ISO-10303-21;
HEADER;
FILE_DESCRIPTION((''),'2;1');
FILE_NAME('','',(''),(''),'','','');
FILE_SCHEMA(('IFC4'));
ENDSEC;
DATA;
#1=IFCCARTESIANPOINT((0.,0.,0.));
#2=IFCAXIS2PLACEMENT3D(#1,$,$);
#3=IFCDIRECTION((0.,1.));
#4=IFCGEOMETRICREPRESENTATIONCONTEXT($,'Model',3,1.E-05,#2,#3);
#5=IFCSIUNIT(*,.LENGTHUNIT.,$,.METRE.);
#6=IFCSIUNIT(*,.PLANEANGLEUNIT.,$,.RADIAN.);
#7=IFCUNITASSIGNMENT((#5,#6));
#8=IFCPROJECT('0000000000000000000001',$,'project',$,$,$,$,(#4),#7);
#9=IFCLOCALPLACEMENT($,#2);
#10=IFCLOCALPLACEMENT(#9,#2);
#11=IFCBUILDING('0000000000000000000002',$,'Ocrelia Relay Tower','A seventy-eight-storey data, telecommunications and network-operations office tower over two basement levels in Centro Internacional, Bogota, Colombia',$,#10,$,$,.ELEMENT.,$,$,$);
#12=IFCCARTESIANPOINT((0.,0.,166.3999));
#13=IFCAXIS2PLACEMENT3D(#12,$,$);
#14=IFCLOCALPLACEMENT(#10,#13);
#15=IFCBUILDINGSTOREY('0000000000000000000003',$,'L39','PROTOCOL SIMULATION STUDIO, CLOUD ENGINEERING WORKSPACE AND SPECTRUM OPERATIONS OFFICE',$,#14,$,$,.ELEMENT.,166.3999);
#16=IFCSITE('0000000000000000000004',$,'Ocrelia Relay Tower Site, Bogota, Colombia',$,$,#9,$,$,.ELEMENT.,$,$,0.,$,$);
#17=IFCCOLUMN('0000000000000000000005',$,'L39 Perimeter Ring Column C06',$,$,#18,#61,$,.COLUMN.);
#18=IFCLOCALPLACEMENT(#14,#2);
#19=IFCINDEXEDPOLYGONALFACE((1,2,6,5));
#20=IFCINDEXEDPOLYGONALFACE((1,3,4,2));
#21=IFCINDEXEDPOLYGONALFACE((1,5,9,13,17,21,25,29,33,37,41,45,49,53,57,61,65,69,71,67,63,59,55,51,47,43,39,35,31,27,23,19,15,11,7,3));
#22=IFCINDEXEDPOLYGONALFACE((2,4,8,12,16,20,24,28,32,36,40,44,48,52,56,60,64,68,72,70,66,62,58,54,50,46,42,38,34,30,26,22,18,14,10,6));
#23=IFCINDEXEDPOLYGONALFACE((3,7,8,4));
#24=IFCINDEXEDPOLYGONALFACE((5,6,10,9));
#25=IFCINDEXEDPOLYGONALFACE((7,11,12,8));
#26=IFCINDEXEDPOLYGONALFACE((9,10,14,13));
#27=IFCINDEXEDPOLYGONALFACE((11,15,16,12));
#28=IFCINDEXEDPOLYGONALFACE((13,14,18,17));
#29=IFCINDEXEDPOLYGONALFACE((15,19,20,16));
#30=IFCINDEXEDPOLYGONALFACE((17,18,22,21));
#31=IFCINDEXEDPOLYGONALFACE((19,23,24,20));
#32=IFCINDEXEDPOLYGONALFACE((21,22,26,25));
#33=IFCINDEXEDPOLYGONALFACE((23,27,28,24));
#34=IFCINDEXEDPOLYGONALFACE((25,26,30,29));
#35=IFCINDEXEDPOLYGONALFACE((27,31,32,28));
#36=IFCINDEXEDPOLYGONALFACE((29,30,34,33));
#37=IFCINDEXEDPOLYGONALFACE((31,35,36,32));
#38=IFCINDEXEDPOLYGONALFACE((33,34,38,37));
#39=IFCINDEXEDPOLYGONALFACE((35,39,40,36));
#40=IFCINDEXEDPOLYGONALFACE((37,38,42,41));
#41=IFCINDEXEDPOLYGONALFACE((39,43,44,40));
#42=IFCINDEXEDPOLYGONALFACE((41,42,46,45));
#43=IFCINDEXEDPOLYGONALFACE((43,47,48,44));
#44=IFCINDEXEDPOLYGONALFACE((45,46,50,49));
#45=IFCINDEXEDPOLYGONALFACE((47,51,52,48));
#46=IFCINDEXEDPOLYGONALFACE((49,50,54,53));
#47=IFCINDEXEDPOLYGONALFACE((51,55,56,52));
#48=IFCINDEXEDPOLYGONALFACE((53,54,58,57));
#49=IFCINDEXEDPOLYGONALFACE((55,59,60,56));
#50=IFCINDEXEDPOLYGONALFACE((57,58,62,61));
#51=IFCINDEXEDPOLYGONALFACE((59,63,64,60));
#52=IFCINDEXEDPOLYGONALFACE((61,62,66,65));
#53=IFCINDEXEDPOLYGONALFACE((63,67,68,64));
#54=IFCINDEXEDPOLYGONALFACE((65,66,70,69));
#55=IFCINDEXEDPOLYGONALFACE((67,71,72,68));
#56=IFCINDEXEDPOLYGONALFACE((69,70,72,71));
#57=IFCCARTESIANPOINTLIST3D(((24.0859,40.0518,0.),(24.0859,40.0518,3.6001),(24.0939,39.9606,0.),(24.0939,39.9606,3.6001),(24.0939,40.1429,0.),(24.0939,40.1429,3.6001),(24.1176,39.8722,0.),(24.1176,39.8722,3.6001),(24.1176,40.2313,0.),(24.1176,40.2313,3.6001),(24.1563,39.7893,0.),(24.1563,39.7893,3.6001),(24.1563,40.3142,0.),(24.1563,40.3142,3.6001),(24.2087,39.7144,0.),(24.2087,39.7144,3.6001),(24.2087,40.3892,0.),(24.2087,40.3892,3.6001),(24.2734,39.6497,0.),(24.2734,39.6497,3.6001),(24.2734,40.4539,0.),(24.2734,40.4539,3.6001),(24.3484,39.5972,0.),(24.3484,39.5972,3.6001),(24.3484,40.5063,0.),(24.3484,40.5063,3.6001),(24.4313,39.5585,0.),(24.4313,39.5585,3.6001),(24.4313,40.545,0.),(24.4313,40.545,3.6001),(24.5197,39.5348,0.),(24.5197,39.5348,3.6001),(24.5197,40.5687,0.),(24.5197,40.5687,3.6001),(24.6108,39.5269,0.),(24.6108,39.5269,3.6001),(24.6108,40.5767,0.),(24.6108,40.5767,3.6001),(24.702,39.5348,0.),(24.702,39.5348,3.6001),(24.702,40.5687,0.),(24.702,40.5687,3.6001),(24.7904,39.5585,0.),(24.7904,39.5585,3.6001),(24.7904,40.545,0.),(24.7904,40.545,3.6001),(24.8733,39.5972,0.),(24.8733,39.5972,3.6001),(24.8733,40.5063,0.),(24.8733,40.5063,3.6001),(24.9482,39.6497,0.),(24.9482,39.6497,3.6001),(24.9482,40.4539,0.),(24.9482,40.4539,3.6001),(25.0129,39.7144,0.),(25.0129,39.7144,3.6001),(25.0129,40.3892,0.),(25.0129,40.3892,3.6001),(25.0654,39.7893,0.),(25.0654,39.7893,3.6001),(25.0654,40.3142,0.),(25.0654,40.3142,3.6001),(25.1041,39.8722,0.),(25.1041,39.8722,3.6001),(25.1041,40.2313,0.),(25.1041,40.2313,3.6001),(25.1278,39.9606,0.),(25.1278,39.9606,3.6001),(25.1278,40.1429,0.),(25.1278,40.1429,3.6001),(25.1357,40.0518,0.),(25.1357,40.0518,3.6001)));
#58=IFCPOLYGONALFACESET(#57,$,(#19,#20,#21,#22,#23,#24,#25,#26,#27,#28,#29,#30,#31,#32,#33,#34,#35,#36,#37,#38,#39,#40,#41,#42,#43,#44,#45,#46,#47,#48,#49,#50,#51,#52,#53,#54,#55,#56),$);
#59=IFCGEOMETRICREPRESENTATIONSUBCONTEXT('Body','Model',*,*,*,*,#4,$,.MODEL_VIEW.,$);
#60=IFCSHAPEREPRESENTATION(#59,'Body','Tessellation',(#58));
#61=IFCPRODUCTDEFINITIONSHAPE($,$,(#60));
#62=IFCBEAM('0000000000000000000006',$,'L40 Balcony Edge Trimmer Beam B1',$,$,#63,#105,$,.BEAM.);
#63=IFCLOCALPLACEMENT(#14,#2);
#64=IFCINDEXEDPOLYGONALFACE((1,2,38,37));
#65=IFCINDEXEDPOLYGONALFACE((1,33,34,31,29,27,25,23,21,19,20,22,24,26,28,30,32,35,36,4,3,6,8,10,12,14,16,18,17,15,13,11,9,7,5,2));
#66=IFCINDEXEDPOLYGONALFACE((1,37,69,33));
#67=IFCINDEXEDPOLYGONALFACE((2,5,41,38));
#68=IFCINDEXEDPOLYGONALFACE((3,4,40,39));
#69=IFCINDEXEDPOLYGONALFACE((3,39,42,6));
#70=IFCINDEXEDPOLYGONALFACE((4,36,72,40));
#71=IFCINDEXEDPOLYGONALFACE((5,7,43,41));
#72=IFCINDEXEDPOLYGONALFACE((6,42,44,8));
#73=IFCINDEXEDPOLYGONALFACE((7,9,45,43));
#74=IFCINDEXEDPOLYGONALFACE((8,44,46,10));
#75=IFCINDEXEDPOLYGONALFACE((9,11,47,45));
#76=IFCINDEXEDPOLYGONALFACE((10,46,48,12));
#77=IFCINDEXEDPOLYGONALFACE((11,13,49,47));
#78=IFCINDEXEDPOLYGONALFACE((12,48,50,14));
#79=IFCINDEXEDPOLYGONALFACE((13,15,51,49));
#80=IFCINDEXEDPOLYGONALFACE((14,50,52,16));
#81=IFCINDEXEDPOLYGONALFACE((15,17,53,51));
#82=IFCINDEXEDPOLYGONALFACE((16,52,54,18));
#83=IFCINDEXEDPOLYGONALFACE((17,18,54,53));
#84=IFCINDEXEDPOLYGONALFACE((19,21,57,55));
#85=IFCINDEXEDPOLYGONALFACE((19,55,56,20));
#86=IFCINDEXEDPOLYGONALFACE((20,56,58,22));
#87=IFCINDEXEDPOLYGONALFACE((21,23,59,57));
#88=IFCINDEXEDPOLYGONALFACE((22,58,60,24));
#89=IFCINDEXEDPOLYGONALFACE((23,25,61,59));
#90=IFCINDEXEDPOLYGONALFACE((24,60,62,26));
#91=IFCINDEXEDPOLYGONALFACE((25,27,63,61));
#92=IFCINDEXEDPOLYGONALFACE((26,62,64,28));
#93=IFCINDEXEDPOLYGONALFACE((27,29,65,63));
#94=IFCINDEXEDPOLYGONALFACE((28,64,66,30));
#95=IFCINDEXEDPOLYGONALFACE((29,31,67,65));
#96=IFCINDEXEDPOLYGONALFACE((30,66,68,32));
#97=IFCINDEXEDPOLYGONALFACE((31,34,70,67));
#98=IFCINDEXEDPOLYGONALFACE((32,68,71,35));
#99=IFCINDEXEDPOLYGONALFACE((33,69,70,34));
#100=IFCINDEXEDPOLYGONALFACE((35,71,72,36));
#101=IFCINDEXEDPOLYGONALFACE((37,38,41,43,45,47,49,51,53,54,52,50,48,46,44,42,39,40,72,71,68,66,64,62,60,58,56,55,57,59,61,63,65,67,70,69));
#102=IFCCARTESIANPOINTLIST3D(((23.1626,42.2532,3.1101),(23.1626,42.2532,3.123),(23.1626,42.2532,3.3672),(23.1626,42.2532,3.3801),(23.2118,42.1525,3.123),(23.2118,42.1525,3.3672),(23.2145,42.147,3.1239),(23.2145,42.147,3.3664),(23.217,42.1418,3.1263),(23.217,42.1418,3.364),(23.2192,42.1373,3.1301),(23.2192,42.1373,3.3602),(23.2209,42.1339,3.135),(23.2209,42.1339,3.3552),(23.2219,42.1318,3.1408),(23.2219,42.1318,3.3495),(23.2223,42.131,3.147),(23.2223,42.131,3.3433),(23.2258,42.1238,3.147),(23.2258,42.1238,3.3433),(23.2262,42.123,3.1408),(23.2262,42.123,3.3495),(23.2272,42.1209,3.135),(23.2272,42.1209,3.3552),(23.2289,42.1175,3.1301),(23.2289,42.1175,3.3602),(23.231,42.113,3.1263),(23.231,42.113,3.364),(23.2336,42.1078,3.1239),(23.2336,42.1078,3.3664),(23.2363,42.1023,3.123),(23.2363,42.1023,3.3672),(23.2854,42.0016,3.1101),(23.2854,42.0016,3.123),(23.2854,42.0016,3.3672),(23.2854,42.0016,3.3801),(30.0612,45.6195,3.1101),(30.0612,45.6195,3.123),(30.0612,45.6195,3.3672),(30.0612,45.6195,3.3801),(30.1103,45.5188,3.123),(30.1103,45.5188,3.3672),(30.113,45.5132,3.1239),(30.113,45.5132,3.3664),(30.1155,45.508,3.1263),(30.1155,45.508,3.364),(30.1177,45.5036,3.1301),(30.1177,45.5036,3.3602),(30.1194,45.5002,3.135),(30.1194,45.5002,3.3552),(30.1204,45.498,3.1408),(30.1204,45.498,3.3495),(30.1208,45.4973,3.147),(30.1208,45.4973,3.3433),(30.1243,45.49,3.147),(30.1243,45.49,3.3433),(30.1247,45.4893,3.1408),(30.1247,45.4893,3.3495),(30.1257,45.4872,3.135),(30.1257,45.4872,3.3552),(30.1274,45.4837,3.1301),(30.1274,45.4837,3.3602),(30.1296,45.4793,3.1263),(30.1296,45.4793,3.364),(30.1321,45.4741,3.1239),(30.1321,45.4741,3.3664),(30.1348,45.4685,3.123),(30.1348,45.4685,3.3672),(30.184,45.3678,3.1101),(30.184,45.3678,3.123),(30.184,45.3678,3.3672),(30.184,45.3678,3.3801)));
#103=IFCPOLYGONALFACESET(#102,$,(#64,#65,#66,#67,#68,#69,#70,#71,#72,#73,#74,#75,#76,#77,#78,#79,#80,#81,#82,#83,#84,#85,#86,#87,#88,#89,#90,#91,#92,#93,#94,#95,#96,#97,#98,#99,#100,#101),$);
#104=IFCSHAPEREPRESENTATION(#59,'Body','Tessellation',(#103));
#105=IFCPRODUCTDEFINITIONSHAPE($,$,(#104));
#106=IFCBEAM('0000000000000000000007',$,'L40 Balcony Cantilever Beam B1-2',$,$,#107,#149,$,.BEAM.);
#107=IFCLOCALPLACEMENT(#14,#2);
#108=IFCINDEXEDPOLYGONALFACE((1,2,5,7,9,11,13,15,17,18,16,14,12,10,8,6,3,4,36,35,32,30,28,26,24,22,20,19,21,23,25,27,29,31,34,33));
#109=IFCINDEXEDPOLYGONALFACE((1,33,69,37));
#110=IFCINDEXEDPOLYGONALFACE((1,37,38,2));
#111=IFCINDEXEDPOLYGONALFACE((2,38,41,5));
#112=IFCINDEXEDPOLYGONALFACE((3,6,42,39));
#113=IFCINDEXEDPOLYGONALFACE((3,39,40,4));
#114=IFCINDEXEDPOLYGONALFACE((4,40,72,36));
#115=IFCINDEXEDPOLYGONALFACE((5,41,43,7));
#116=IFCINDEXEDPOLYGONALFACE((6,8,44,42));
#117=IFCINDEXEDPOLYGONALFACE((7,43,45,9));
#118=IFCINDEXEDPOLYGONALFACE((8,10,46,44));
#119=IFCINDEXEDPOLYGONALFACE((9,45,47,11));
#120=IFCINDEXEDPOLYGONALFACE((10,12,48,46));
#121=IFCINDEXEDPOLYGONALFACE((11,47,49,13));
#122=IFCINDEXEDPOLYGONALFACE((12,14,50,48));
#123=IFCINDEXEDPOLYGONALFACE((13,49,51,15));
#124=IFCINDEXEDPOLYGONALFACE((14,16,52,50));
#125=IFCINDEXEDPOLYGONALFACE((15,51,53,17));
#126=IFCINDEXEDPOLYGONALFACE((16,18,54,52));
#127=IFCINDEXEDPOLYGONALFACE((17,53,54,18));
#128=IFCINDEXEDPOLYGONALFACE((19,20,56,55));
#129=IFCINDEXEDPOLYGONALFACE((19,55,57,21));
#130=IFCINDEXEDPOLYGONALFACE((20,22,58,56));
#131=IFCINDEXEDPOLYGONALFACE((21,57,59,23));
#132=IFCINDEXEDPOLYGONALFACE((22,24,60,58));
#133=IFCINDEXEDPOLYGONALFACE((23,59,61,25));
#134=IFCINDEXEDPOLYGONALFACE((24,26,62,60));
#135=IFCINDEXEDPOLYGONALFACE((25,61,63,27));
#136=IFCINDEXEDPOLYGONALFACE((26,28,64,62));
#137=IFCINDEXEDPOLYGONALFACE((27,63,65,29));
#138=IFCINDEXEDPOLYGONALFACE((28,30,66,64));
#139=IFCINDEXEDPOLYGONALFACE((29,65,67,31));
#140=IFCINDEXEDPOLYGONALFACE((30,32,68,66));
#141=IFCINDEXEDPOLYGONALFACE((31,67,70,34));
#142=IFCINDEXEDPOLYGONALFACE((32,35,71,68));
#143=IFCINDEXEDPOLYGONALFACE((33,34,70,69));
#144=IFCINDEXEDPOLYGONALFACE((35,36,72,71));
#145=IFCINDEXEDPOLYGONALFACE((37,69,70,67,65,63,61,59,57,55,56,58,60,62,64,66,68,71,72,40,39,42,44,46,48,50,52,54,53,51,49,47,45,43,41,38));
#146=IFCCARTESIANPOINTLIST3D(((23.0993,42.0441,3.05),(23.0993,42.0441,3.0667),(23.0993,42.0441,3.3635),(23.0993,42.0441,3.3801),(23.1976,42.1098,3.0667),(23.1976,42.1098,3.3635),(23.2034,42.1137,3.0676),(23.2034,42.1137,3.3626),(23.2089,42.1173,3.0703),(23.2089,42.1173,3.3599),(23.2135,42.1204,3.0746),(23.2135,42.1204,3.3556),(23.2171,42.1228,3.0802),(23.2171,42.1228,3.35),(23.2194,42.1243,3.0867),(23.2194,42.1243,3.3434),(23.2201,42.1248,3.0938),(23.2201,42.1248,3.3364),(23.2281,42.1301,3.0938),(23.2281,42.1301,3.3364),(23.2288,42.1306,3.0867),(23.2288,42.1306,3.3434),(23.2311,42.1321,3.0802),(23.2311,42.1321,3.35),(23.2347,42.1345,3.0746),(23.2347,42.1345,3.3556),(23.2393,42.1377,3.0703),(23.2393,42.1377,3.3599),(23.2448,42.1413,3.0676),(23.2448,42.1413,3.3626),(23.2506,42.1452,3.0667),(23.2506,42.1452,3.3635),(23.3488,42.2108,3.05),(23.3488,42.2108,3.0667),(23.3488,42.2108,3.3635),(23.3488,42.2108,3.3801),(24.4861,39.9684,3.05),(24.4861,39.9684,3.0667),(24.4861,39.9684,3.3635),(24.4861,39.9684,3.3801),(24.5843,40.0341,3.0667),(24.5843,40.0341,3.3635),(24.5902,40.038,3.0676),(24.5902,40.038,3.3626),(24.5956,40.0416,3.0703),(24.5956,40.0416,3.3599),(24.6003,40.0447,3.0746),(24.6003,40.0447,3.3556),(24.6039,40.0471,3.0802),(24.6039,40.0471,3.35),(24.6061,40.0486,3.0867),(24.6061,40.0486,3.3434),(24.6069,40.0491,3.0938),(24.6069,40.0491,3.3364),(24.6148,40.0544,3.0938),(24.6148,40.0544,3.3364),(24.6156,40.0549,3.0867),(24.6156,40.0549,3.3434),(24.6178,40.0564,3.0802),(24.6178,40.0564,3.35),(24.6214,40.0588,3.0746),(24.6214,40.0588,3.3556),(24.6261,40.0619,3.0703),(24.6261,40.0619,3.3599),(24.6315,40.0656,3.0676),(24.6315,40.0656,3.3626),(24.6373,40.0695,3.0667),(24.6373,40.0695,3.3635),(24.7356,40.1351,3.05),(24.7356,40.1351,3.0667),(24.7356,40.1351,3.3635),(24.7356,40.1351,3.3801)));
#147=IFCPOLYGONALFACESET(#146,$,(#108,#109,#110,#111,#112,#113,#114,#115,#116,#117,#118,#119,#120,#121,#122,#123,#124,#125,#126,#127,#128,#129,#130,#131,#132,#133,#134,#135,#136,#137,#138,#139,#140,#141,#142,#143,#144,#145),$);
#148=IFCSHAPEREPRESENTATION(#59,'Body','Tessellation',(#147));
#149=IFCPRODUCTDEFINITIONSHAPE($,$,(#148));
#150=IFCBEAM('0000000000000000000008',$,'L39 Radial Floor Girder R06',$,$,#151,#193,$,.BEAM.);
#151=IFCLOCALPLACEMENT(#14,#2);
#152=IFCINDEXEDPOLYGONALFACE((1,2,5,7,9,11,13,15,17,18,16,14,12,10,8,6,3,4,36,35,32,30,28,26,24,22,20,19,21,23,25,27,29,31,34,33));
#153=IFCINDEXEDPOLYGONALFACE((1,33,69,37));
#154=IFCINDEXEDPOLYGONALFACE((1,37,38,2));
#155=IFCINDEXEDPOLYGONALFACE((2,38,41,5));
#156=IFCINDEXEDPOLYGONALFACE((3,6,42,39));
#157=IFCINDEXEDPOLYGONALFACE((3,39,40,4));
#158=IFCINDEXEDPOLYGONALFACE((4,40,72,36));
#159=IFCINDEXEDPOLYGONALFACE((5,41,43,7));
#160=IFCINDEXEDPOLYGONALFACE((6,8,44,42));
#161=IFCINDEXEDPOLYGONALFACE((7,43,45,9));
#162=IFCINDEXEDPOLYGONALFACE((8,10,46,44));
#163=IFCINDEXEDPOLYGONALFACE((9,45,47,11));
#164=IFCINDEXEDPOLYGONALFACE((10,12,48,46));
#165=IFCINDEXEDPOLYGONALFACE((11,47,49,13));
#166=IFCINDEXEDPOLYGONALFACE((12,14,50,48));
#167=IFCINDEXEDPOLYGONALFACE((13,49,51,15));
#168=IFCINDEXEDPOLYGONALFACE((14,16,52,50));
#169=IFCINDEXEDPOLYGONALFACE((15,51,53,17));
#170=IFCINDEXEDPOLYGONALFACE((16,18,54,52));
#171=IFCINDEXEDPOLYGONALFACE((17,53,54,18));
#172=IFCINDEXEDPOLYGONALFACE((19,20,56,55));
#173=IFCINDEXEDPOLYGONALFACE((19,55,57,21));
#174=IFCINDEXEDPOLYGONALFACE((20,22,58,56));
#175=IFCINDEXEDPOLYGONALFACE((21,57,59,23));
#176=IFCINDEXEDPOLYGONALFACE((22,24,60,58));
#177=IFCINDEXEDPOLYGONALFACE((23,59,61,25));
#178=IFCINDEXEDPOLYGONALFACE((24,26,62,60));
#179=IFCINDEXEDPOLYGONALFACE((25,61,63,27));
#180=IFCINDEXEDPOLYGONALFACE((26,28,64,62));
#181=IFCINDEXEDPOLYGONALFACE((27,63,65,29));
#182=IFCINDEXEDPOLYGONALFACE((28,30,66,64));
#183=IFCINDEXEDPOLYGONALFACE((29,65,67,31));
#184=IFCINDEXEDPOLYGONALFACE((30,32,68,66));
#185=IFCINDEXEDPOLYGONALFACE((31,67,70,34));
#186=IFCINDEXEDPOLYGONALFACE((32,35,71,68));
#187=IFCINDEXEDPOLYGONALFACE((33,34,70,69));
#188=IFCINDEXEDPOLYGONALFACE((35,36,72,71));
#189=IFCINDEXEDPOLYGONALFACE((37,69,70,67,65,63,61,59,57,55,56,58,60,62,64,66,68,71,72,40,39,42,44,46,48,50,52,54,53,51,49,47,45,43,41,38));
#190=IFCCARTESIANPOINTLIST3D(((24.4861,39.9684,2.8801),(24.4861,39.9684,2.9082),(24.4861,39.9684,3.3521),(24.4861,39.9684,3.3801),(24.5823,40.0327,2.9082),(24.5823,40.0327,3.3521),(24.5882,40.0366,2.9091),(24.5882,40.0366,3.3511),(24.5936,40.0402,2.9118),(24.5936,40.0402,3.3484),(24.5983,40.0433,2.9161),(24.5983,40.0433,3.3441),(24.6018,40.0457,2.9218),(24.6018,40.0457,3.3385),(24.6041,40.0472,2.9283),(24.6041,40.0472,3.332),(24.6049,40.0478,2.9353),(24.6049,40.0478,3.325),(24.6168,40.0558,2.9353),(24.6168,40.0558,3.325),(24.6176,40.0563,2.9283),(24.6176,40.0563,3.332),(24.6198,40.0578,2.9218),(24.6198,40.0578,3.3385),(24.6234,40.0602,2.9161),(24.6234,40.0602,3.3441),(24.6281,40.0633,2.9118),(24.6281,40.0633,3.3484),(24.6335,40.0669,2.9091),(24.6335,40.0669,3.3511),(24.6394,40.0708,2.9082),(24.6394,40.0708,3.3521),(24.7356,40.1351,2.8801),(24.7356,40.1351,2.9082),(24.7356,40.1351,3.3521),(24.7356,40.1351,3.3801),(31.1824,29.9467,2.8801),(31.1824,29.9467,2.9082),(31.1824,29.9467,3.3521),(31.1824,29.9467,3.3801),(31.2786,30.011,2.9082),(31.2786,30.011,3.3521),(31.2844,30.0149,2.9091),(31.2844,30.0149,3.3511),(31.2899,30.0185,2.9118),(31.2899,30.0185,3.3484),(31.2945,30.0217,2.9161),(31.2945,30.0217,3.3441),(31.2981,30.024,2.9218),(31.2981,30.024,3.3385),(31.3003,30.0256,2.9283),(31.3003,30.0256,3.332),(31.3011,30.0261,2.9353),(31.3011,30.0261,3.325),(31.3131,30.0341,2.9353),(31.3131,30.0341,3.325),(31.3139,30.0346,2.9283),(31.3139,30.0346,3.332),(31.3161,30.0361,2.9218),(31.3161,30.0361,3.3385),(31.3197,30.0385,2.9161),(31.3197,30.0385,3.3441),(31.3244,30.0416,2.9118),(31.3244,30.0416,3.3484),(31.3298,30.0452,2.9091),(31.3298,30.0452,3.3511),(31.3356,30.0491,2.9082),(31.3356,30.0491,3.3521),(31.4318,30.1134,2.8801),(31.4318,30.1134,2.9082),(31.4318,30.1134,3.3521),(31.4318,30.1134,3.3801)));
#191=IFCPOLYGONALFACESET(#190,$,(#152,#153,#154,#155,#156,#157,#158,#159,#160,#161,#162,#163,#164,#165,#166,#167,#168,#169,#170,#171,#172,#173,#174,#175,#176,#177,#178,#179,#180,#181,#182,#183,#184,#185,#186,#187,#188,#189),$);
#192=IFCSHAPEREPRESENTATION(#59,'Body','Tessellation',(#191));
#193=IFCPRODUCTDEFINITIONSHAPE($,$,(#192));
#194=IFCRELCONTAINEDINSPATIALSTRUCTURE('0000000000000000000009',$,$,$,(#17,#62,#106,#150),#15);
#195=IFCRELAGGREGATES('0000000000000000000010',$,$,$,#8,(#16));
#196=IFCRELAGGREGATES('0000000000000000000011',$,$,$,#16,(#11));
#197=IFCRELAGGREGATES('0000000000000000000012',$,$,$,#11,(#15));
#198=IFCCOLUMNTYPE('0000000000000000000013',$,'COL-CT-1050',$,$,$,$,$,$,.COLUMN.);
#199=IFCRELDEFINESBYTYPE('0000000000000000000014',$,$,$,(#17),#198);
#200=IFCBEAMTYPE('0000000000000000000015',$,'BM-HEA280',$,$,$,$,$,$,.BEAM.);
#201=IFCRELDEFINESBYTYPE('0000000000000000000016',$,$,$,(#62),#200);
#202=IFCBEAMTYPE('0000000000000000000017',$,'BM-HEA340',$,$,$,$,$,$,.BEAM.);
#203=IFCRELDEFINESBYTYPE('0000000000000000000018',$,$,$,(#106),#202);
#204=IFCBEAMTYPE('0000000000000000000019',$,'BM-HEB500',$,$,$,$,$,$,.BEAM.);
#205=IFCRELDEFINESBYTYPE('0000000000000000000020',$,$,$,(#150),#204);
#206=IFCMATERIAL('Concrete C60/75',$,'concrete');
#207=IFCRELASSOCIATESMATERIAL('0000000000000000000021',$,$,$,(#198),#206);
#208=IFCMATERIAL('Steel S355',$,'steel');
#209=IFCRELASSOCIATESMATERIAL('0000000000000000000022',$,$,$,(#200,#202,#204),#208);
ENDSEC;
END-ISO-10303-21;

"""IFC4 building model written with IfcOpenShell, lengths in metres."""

from ifc_helpers import new_model, si_unit, direction, frame, origin, origin_2d, place, context, subcontext, project, spatial, circle, i_section, extrude, material, material_profile, profile_set, type_object, element, save


model = new_model("IFC4")

# Units and contexts
model_context = context("Model", 3, precision=1e-05, world=origin(), true_north=direction((0.0, 1.0)))
body_context = subcontext(model_context, "Body", "Model", "MODEL_VIEW")
ifc_project = project(units=[si_unit("LENGTHUNIT", "METRE"), si_unit("PLANEANGLEUNIT", "RADIAN")], contexts=[model_context])

# Site, building, storey
site_placement = place(None, origin())
site = spatial("IfcSite", under=ifc_project, at=site_placement, Name="Ocrelia Relay Tower Site, Bogota, Colombia", CompositionType="ELEMENT", RefElevation=0.0)
building_placement = place(site_placement, origin())
building = spatial("IfcBuilding", under=site, at=building_placement, Name="Ocrelia Relay Tower", Description="A seventy-eight-storey data, telecommunications and network-operations office tower over two basement levels in Centro Internacional, Bogota, Colombia", CompositionType="ELEMENT")
storey_placement = place(building_placement, frame((0.0, 0.0, 166.3999)))
storey = spatial("IfcBuildingStorey", under=building, at=storey_placement, Name="L39", Description="PROTOCOL SIMULATION STUDIO, CLOUD ENGINEERING WORKSPACE AND SPECTRUM OPERATIONS OFFICE", CompositionType="ELEMENT", Elevation=166.3999)

# Column
ifc_material_1 = material(Name="Concrete C60/75", Category="concrete")
ifc_material_profile_1 = material_profile(ifc_material_1, circle(Radius=0.5249, at=origin_2d()), Name="RC-CIR-1050")
ifc_profile_set_1 = profile_set([ifc_material_profile_1], Name="Concrete C60/75")
column_type = type_object("IfcColumnType", Name="COL-CT-1050", PredefinedType="COLUMN", material=ifc_profile_set_1)
column_placement = place(storey_placement, frame((24.6108, 40.0518, 0.0), z_axis=(0.0, 0.0, 1.0), x_axis=(1.0, 0.0, 0.0)))
element("IfcColumn", 1, at=column_placement, inside=storey, type_object=column_type, Name="L39 Perimeter Ring Column C06", PredefinedType="COLUMN", context=body_context, shape_type="SweptSolid", body=[
    extrude(circle(Radius=0.5249, at=origin_2d()), origin(), (0.0, 0.0, 1.0), 3.6001),
])

# Beams
ifc_material_2 = material(Name="Steel S355", Category="steel")
ifc_material_profile_2 = material_profile(ifc_material_2, i_section(OverallWidth=0.28, OverallDepth=0.27, WebThickness=0.0081, FlangeThickness=0.0129, FilletRadius=0.0239, at=origin_2d()), Name="HEA 280")
ifc_profile_set_2 = profile_set([ifc_material_profile_2], Name="Steel S355")
beam_type_1 = type_object("IfcBeamType", Name="BM-HEA280", PredefinedType="BEAM", material=ifc_profile_set_2)
beam_1_placement = place(storey_placement, frame((30.1226, 45.4937, 3.2451), z_axis=(-0.898711, -0.438541, 0.0), x_axis=(0.438541, -0.898711, 0.0)))
element("IfcBeam", 2, at=beam_1_placement, inside=storey, type_object=beam_type_1, Name="L40 Balcony Edge Trimmer Beam B1", PredefinedType="BEAM", context=body_context, shape_type="SweptSolid", body=[
    extrude(i_section(OverallWidth=0.28, OverallDepth=0.27, WebThickness=0.0081, FlangeThickness=0.0129, FilletRadius=0.0239, at=origin_2d()), origin(), (0.0, 0.0, 1.0), 7.676),
])
ifc_material_profile_3 = material_profile(ifc_material_2, i_section(OverallWidth=0.3, OverallDepth=0.3301, WebThickness=0.0095, FlangeThickness=0.0166, FilletRadius=0.0271, at=origin_2d()), Name="HEA 340")
ifc_profile_set_3 = profile_set([ifc_material_profile_3], Name="Steel S355")
beam_type_2 = type_object("IfcBeamType", Name="BM-HEA340", PredefinedType="BEAM", material=ifc_profile_set_3)
beam_2_placement = place(storey_placement, frame((24.6108, 40.0518, 3.2151), z_axis=(-0.555512, 0.831508, 0.0), x_axis=(-0.831508, -0.555512, 0.0)))
element("IfcBeam", 3, at=beam_2_placement, inside=storey, type_object=beam_type_2, Name="L40 Balcony Cantilever Beam B1-2", PredefinedType="BEAM", context=body_context, shape_type="SweptSolid", body=[
    extrude(i_section(OverallWidth=0.3, OverallDepth=0.3301, WebThickness=0.0095, FlangeThickness=0.0166, FilletRadius=0.0271, at=origin_2d()), origin(), (0.0, 0.0, 1.0), 2.4963),
])
ifc_material_profile_4 = material_profile(ifc_material_2, i_section(OverallWidth=0.3, OverallDepth=0.5, WebThickness=0.0144, FlangeThickness=0.0281, FilletRadius=0.0271, at=origin_2d()), Name="HEB 500")
ifc_profile_set_4 = profile_set([ifc_material_profile_4], Name="Steel S355")
beam_type_3 = type_object("IfcBeamType", Name="BM-HEB500", PredefinedType="BEAM", material=ifc_profile_set_4)
beam_3_placement = place(storey_placement, frame((24.6108, 40.0518, 3.1301), z_axis=(0.555569, -0.83147, 0.0), x_axis=(0.83147, 0.555569, 0.0)))
element("IfcBeam", 4, at=beam_3_placement, inside=storey, type_object=beam_type_3, Name="L39 Radial Floor Girder R06", PredefinedType="BEAM", context=body_context, shape_type="SweptSolid", body=[
    extrude(i_section(OverallWidth=0.3, OverallDepth=0.5, WebThickness=0.0144, FlangeThickness=0.0281, FilletRadius=0.0271, at=origin_2d()), origin(), (0.0, 0.0, 1.0), 12.053),
])

save(model, "model.ifc")
